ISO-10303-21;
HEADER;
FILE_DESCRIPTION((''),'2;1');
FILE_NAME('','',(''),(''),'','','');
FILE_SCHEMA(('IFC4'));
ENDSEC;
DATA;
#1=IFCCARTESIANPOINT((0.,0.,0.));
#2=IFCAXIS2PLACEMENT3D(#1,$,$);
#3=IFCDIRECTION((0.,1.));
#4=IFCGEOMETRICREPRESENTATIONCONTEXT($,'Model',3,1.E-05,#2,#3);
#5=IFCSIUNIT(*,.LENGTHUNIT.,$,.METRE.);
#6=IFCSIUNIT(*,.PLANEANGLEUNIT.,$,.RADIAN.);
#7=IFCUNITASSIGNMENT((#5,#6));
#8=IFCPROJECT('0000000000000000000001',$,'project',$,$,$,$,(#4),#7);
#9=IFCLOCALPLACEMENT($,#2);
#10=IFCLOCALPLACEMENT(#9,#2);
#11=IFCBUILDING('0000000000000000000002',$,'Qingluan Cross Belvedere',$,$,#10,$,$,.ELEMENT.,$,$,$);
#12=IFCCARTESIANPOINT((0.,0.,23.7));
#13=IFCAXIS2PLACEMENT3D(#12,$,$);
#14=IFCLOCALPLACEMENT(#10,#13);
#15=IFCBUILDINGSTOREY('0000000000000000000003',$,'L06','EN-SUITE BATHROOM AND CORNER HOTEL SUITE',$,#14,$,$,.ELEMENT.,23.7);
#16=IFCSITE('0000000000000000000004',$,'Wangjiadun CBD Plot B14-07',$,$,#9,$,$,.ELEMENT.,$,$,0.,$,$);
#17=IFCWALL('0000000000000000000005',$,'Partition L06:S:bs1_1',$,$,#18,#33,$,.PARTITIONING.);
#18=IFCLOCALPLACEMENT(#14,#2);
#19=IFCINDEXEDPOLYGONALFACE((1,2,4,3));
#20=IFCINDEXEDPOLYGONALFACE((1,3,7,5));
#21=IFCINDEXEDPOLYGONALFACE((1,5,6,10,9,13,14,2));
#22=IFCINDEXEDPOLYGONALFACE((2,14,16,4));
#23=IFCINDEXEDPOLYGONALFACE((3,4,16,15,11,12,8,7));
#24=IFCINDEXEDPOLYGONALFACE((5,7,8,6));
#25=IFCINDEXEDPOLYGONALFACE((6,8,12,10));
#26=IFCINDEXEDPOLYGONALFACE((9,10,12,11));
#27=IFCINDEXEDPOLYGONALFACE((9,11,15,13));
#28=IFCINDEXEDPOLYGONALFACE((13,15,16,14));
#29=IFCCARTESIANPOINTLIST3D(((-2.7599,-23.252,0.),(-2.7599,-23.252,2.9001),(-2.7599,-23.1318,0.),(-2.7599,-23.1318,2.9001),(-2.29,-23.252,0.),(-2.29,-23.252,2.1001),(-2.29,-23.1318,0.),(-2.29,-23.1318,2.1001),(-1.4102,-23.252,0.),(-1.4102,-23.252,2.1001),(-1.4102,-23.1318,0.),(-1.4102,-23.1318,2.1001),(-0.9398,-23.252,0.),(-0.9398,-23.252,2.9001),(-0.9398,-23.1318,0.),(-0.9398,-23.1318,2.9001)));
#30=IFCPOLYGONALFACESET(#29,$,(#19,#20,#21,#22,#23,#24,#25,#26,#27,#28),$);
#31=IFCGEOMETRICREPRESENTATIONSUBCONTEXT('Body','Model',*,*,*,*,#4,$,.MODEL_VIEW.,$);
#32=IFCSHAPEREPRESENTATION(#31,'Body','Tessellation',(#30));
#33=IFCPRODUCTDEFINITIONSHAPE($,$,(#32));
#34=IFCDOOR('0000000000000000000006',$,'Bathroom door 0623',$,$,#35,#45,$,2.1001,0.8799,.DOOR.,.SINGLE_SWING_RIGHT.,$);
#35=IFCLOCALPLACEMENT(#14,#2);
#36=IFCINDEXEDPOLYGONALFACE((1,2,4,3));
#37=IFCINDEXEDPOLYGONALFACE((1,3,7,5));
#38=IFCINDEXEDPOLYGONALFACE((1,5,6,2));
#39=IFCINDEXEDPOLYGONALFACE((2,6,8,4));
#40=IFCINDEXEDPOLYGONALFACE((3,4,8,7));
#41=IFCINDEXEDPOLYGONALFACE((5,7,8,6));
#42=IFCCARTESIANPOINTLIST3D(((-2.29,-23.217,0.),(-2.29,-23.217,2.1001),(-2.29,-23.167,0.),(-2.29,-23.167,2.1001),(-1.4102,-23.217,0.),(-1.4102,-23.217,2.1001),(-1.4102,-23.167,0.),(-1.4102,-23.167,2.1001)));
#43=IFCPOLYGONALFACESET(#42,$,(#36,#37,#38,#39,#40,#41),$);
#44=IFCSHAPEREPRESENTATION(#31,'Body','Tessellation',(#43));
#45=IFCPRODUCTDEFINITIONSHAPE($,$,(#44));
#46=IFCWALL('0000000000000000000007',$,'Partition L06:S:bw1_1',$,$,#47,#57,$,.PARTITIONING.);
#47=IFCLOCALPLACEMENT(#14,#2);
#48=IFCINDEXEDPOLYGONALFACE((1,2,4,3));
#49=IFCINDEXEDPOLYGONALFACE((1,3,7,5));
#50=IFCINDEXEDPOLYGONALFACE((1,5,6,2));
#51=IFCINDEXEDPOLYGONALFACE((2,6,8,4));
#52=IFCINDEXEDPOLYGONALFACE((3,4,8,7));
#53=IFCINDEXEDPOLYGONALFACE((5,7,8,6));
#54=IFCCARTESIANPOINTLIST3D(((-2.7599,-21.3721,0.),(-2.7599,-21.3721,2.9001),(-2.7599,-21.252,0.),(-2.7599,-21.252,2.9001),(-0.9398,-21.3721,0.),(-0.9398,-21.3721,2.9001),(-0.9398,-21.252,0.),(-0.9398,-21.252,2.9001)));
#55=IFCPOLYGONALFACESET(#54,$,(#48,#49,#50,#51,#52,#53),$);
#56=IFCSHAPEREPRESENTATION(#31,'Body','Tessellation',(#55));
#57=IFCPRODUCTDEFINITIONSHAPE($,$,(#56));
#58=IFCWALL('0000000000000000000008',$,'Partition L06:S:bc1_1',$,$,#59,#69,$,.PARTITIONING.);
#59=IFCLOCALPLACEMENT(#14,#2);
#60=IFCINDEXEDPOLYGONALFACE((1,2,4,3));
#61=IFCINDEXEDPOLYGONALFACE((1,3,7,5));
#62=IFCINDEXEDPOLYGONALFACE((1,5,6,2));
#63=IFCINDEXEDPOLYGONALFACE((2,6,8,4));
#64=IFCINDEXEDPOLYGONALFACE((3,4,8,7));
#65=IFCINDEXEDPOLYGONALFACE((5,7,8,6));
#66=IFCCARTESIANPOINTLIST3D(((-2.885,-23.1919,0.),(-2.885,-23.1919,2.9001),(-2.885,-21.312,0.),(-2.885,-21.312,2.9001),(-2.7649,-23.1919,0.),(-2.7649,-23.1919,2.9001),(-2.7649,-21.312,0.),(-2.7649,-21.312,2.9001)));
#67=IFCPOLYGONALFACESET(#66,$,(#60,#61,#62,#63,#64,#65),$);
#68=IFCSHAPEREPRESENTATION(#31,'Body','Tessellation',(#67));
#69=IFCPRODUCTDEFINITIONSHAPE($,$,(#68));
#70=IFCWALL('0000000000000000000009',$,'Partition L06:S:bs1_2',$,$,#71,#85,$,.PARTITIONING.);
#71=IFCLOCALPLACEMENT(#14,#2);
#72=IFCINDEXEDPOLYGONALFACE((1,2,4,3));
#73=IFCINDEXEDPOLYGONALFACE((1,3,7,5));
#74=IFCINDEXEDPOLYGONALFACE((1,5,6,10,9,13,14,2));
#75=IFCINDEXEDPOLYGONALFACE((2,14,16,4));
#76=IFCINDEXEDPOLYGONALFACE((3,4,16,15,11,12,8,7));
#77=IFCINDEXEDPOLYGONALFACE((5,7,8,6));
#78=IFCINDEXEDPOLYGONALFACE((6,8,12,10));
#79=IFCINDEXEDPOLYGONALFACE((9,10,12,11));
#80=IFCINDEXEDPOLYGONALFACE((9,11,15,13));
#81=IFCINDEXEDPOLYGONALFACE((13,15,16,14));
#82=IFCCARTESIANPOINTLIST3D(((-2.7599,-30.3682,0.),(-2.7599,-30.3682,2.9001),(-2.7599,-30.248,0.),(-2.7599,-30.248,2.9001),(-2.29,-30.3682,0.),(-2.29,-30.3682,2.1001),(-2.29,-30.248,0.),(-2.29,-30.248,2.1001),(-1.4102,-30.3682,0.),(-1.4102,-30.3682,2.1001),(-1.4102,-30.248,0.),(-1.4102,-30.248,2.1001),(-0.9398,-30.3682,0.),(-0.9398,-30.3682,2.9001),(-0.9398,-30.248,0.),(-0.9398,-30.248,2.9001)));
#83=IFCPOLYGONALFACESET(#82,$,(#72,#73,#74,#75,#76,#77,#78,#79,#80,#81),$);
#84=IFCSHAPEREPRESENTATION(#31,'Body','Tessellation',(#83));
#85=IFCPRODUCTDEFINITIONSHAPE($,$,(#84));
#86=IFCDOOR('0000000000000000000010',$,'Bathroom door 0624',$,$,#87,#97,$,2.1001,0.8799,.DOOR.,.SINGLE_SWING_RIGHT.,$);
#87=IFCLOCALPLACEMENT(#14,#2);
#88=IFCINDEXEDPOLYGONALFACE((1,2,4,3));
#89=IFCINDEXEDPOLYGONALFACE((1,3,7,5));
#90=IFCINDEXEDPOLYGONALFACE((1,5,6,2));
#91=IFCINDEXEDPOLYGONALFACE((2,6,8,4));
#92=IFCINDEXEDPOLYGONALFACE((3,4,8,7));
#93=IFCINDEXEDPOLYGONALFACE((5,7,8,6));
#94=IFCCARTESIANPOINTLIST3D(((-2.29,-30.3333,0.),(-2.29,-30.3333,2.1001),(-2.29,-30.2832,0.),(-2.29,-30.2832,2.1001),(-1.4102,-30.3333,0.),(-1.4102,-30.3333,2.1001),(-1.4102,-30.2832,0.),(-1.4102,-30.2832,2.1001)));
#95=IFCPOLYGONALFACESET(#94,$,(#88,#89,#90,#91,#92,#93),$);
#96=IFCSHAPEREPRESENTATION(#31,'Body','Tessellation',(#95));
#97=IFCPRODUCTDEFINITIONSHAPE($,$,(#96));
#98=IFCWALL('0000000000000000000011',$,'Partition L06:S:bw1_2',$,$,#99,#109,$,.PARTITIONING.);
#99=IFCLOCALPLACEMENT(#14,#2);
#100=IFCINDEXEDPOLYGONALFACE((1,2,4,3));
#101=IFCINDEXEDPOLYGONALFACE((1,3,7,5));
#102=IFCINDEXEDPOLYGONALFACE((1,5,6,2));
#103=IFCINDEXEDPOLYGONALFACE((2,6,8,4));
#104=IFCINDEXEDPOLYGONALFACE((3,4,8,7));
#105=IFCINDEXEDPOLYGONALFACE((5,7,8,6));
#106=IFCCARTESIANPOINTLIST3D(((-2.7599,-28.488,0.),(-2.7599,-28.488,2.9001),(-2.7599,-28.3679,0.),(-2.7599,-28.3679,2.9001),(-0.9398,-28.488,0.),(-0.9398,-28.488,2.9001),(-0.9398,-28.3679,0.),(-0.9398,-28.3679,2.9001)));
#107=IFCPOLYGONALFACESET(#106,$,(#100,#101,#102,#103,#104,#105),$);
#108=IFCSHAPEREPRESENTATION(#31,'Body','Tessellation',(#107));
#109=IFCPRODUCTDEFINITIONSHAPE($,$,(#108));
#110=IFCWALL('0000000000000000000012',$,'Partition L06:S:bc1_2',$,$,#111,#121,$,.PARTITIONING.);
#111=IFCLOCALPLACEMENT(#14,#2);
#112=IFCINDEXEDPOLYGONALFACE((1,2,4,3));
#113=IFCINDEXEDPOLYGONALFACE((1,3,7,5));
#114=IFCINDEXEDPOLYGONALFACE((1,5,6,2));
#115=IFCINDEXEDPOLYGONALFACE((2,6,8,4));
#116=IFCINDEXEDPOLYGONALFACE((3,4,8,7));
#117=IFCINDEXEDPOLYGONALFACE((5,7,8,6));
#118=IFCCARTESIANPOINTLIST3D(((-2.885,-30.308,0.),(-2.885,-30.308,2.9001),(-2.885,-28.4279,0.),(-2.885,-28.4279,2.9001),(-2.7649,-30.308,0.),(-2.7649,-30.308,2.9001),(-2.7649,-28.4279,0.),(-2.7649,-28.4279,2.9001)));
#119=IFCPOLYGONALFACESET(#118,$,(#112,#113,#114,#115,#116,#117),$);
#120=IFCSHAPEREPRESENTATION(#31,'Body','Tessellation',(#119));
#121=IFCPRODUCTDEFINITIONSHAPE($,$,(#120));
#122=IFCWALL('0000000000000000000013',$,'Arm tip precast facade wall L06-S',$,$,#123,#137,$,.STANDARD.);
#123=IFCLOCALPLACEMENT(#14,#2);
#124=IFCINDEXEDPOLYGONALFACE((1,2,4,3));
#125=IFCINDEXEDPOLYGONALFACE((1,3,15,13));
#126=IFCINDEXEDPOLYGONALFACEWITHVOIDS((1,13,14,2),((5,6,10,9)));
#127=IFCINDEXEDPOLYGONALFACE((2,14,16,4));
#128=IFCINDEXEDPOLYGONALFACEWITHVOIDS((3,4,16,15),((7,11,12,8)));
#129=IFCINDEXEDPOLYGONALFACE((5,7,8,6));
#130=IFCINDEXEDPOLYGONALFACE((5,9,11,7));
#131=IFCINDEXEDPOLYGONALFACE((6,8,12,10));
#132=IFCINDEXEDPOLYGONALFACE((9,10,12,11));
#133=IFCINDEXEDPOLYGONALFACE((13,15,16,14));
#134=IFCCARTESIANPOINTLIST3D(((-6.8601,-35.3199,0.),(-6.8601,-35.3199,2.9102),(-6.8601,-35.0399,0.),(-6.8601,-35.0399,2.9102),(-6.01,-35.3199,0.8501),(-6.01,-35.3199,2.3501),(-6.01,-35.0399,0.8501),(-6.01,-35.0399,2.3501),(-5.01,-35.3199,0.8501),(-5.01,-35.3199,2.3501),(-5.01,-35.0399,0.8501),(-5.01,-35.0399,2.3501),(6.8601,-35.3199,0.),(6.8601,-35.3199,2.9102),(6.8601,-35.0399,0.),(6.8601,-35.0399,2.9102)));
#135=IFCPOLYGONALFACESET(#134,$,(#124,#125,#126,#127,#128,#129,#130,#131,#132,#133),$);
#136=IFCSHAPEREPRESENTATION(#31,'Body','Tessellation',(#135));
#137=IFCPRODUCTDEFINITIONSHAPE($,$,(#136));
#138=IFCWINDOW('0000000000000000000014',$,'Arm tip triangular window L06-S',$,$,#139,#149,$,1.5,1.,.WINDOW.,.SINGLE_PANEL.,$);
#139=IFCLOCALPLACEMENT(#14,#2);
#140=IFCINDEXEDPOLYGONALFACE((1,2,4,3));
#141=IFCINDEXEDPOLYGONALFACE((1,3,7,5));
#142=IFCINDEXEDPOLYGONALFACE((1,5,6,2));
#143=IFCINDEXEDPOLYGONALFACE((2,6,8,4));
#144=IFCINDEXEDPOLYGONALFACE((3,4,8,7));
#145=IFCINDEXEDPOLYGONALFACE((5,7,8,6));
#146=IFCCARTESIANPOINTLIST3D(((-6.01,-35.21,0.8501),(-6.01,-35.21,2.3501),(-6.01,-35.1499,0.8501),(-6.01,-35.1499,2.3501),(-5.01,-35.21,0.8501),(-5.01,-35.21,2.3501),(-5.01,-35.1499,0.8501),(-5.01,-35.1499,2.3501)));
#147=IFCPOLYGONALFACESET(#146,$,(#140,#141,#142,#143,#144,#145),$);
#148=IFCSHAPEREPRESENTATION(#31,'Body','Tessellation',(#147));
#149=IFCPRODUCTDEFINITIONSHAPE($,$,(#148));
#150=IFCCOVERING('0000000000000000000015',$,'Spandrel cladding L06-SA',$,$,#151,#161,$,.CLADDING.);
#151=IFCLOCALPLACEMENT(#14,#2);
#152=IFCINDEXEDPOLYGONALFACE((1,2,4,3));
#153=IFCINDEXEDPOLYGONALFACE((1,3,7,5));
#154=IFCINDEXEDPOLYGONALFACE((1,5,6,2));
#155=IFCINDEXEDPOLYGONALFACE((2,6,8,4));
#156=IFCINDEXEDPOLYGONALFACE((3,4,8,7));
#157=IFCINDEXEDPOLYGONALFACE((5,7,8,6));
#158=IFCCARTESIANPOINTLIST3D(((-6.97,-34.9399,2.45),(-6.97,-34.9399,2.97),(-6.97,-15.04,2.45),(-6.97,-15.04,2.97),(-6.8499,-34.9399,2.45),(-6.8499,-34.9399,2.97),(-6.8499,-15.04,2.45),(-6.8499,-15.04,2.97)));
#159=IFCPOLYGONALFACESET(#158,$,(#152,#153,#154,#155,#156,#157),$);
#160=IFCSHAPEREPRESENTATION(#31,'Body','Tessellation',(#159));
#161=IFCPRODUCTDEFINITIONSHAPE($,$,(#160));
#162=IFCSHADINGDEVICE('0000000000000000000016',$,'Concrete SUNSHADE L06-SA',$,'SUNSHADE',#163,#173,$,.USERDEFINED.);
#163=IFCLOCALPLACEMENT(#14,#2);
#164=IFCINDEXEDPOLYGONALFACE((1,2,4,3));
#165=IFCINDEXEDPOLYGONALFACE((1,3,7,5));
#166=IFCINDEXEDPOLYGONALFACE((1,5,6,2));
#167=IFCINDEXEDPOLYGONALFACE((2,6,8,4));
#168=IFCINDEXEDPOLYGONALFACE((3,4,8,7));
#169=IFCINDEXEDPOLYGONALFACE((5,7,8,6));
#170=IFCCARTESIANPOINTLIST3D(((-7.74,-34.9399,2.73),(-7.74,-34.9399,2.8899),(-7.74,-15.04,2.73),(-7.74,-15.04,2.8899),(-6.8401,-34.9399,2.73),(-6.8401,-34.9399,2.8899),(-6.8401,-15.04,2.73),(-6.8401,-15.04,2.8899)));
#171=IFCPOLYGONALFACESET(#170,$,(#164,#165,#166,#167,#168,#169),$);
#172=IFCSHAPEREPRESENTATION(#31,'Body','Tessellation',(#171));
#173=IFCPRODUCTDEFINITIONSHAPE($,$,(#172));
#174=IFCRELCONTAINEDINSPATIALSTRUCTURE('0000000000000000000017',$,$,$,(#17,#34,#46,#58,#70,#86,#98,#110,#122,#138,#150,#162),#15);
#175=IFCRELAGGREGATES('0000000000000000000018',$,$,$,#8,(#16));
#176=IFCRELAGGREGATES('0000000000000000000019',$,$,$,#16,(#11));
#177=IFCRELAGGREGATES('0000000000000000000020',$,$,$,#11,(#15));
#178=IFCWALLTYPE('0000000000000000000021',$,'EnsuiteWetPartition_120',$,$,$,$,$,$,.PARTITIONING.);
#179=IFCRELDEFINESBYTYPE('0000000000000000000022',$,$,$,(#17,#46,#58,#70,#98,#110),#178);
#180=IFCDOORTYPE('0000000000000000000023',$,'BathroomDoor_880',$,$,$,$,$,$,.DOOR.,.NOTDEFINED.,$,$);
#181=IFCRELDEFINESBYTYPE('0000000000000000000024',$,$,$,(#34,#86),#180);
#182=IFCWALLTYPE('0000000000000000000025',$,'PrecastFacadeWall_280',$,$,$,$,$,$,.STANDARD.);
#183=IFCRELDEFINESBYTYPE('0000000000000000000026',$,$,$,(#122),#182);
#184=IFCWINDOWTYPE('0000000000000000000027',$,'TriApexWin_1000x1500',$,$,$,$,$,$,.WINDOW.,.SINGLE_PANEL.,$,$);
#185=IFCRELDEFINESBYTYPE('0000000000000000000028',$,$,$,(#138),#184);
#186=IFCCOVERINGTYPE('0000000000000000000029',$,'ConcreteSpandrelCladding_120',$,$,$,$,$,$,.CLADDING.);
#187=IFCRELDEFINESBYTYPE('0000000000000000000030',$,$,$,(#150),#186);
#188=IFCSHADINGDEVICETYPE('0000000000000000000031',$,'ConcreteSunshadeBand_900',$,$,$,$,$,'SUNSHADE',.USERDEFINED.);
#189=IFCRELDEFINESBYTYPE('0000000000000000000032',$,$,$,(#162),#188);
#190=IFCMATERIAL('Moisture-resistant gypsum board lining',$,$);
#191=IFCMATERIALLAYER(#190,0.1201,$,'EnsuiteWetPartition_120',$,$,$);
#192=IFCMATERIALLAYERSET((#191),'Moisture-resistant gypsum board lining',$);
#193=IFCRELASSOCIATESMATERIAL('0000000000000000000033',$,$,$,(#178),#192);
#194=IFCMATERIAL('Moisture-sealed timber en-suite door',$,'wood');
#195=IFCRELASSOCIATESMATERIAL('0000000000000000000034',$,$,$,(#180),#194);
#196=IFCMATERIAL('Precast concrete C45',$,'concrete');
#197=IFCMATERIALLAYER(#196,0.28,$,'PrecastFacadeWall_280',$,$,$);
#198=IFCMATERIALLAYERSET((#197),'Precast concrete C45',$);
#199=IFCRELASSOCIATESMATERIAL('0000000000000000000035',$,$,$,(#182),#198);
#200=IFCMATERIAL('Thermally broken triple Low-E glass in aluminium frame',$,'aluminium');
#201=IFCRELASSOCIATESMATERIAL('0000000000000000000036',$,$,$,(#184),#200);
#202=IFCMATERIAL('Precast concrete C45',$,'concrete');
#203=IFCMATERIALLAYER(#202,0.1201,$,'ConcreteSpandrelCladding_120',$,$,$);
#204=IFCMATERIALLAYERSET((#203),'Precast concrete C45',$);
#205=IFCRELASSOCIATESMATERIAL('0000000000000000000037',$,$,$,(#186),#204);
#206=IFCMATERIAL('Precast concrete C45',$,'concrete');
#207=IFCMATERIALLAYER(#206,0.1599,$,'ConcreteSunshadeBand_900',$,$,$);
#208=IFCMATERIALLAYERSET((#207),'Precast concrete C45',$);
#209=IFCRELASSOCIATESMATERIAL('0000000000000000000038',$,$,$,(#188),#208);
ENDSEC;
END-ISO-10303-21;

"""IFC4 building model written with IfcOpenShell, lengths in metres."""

from ifc_helpers import new_model, si_unit, direction, frame, frame_2d, origin, origin_2d, place, context, subcontext, project, spatial, rectangle, extrude, material, layer, layer_set, type_object, element, fill, save


model = new_model("IFC4")

# Units and contexts
model_context = context("Model", 3, precision=1e-05, world=origin(), true_north=direction((0.0, 1.0)))
body_context = subcontext(model_context, "Body", "Model", "MODEL_VIEW")
ifc_project = project(units=[si_unit("LENGTHUNIT", "METRE"), si_unit("PLANEANGLEUNIT", "RADIAN")], contexts=[model_context])

# Site, building, storey
site_placement = place(None, origin())
site = spatial("IfcSite", under=ifc_project, at=site_placement, Name="Wangjiadun CBD Plot B14-07", CompositionType="ELEMENT", RefElevation=0.0)
building_placement = place(site_placement, origin())
building = spatial("IfcBuilding", under=site, at=building_placement, Name="Qingluan Cross Belvedere", CompositionType="ELEMENT")
storey_placement = place(building_placement, frame((0.0, 0.0, 23.7)))
storey = spatial("IfcBuildingStorey", under=building, at=storey_placement, Name="L06", Description="EN-SUITE BATHROOM AND CORNER HOTEL SUITE", CompositionType="ELEMENT", Elevation=23.7)

# Wall, opening, door
ifc_material_1 = material(Name="Moisture-resistant gypsum board lining")
ifc_layer_1 = layer(ifc_material_1, 0.1201, Name="EnsuiteWetPartition_120")
ifc_layer_set_1 = layer_set([ifc_layer_1], Name="Moisture-resistant gypsum board lining")
wall_type_1 = type_object("IfcWallType", Name="EnsuiteWetPartition_120", PredefinedType="PARTITIONING", material=ifc_layer_set_1)
ifc_material_2 = material(Name="Moisture-sealed timber en-suite door", Category="wood")
door_type = type_object("IfcDoorType", Name="BathroomDoor_880", OperationType="NOTDEFINED", PredefinedType="DOOR", material=ifc_material_2)
wall_1_placement = place(storey_placement, frame((-2.76, -23.1919, 0.0), z_axis=(0.0, 0.0, 1.0), x_axis=(1.0, 0.0, 0.0)))
wall_1 = element("IfcWall", 1, at=wall_1_placement, inside=storey, type_object=wall_type_1, Name="Partition L06:S:bs1_1", PredefinedType="PARTITIONING", context=body_context, shape_type="SweptSolid", body=[
    extrude(rectangle(XDim=1.8201, YDim=0.1201, at=frame_2d((0.9102, 0.0))), origin(), (0.0, 0.0, 1.0), 2.9001),
])
opening_1_placement = place(wall_1_placement, frame((0.47, 0.0, 0.0)))
opening_1 = element("IfcOpeningElement", 2, at=opening_1_placement, cuts=wall_1, PredefinedType="OPENING", context=body_context, shape_type="SweptSolid", body=[
    extrude(rectangle(XDim=0.8799, YDim=2.1001, at=frame_2d((0.4399, 1.05))), frame((0.0, 0.0701, 0.0), z_axis=(0.0, -1.0, 0.0), x_axis=(1.0, 0.0, 0.0)), (0.0, 0.0, 1.0), 0.1401),
])
door_1_placement = place(opening_1_placement, origin())
door_1 = element("IfcDoor", 3, at=door_1_placement, inside=storey, type_object=door_type, Name="Bathroom door 0623", OperationType="SINGLE_SWING_RIGHT", OverallHeight=2.1001, OverallWidth=0.8799, PredefinedType="DOOR", context=body_context, shape_type="SweptSolid", body=[
    extrude(rectangle(XDim=0.8799, YDim=2.1001, at=frame_2d((0.4399, 1.05))), frame((0.0, 0.0249, 0.0), z_axis=(0.0, -1.0, 0.0), x_axis=(1.0, 0.0, 0.0)), (0.0, 0.0, 1.0), 0.05),
])
fill(opening_1, door_1)

# Walls
wall_2_placement = place(storey_placement, frame((-2.76, -21.312, 0.0), z_axis=(0.0, 0.0, 1.0), x_axis=(1.0, 0.0, 0.0)))
element("IfcWall", 4, at=wall_2_placement, inside=storey, type_object=wall_type_1, Name="Partition L06:S:bw1_1", PredefinedType="PARTITIONING", context=body_context, shape_type="SweptSolid", body=[
    extrude(rectangle(XDim=1.8201, YDim=0.1201, at=frame_2d((0.9102, 0.0))), origin(), (0.0, 0.0, 1.0), 2.9001),
])
wall_3_placement = place(storey_placement, frame((-2.825, -21.312, 0.0), z_axis=(0.0, 0.0, 1.0), x_axis=(0.0, -1.0, 0.0)))
element("IfcWall", 5, at=wall_3_placement, inside=storey, type_object=wall_type_1, Name="Partition L06:S:bc1_1", PredefinedType="PARTITIONING", context=body_context, shape_type="SweptSolid", body=[
    extrude(rectangle(XDim=1.8799, YDim=0.1201, at=frame_2d((0.9399, 0.0))), origin(), (0.0, 0.0, 1.0), 2.9001),
])

# Wall, opening, door
wall_4_placement = place(storey_placement, frame((-2.76, -30.3081, 0.0), z_axis=(0.0, 0.0, 1.0), x_axis=(1.0, 0.0, 0.0)))
wall_4 = element("IfcWall", 6, at=wall_4_placement, inside=storey, type_object=wall_type_1, Name="Partition L06:S:bs1_2", PredefinedType="PARTITIONING", context=body_context, shape_type="SweptSolid", body=[
    extrude(rectangle(XDim=1.8201, YDim=0.1201, at=frame_2d((0.9102, 0.0))), origin(), (0.0, 0.0, 1.0), 2.9001),
])
opening_2_placement = place(wall_4_placement, frame((0.47, 0.0, 0.0)))
opening_2 = element("IfcOpeningElement", 7, at=opening_2_placement, cuts=wall_4, PredefinedType="OPENING", context=body_context, shape_type="SweptSolid", body=[
    extrude(rectangle(XDim=0.8799, YDim=2.1001, at=frame_2d((0.4399, 1.05))), frame((0.0, 0.0701, 0.0), z_axis=(0.0, -1.0, 0.0), x_axis=(1.0, 0.0, 0.0)), (0.0, 0.0, 1.0), 0.1401),
])
door_2_placement = place(opening_2_placement, origin())
door_2 = element("IfcDoor", 8, at=door_2_placement, inside=storey, type_object=door_type, Name="Bathroom door 0624", OperationType="SINGLE_SWING_RIGHT", OverallHeight=2.1001, OverallWidth=0.8799, PredefinedType="DOOR", context=body_context, shape_type="SweptSolid", body=[
    extrude(rectangle(XDim=0.8799, YDim=2.1001, at=frame_2d((0.4399, 1.05))), frame((0.0, 0.0249, 0.0), z_axis=(0.0, -1.0, 0.0), x_axis=(1.0, 0.0, 0.0)), (0.0, 0.0, 1.0), 0.05),
])
fill(opening_2, door_2)

# Walls
wall_5_placement = place(storey_placement, frame((-2.76, -28.428, 0.0), z_axis=(0.0, 0.0, 1.0), x_axis=(1.0, 0.0, 0.0)))
element("IfcWall", 9, at=wall_5_placement, inside=storey, type_object=wall_type_1, Name="Partition L06:S:bw1_2", PredefinedType="PARTITIONING", context=body_context, shape_type="SweptSolid", body=[
    extrude(rectangle(XDim=1.8201, YDim=0.1201, at=frame_2d((0.9102, 0.0))), origin(), (0.0, 0.0, 1.0), 2.9001),
])
wall_6_placement = place(storey_placement, frame((-2.825, -28.428, 0.0), z_axis=(0.0, 0.0, 1.0), x_axis=(0.0, -1.0, 0.0)))
element("IfcWall", 10, at=wall_6_placement, inside=storey, type_object=wall_type_1, Name="Partition L06:S:bc1_2", PredefinedType="PARTITIONING", context=body_context, shape_type="SweptSolid", body=[
    extrude(rectangle(XDim=1.8801, YDim=0.1201, at=frame_2d((0.9399, 0.0))), origin(), (0.0, 0.0, 1.0), 2.9001),
])

# Wall, opening, window
ifc_material_3 = material(Name="Precast concrete C45", Category="concrete")
ifc_layer_2 = layer(ifc_material_3, 0.28, Name="PrecastFacadeWall_280")
ifc_layer_set_2 = layer_set([ifc_layer_2], Name="Precast concrete C45")
wall_type_2 = type_object("IfcWallType", Name="PrecastFacadeWall_280", PredefinedType="STANDARD", material=ifc_layer_set_2)
wall_7_placement = place(storey_placement, frame((-6.8601, -35.1799, 0.0), z_axis=(0.0, 0.0, 1.0), x_axis=(1.0, 0.0, 0.0)))
wall_7 = element("IfcWall", 11, at=wall_7_placement, inside=storey, type_object=wall_type_2, Name="Arm tip precast facade wall L06-S", PredefinedType="STANDARD", context=body_context, shape_type="SweptSolid", body=[
    extrude(rectangle(XDim=13.7202, YDim=0.28, at=frame_2d((6.8601, 0.0))), origin(), (0.0, 0.0, 1.0), 2.9102),
])
opening_3_placement = place(wall_7_placement, frame((0.8501, 0.0, 0.8501)))
opening_3 = element("IfcOpeningElement", 12, at=opening_3_placement, cuts=wall_7, PredefinedType="OPENING", context=body_context, shape_type="SweptSolid", body=[
    extrude(rectangle(XDim=1.0, YDim=1.5, at=frame_2d((0.5, 0.75))), frame((0.0, 0.1499, 0.0), z_axis=(0.0, -1.0, 0.0), x_axis=(1.0, 0.0, 0.0)), (0.0, 0.0, 1.0), 0.3),
])
ifc_material_4 = material(Name="Thermally broken triple Low-E glass in aluminium frame", Category="aluminium")
window_type = type_object("IfcWindowType", Name="TriApexWin_1000x1500", PartitioningType="SINGLE_PANEL", PredefinedType="WINDOW", material=ifc_material_4)
window_placement = place(opening_3_placement, origin())
window = element("IfcWindow", 13, at=window_placement, inside=storey, type_object=window_type, Name="Arm tip triangular window L06-S", OverallHeight=1.5, OverallWidth=1.0, PartitioningType="SINGLE_PANEL", PredefinedType="WINDOW", context=body_context, shape_type="SweptSolid", body=[
    extrude(rectangle(XDim=1.0, YDim=1.5, at=frame_2d((0.5, 0.75))), frame((0.0, 0.03, 0.0), z_axis=(0.0, -1.0, 0.0), x_axis=(1.0, 0.0, 0.0)), (0.0, 0.0, 1.0), 0.0601),
])
fill(opening_3, window)

# Covering
ifc_material_5 = material(Name="Precast concrete C45", Category="concrete")
ifc_layer_3 = layer(ifc_material_5, 0.1201, Name="ConcreteSpandrelCladding_120")
ifc_layer_set_3 = layer_set([ifc_layer_3], Name="Precast concrete C45")
covering_type_1 = type_object("IfcCoveringType", Name="ConcreteSpandrelCladding_120", PredefinedType="CLADDING", material=ifc_layer_set_3)
covering_1_placement = place(storey_placement, frame((-6.9099, -24.99, 2.45), z_axis=(0.0, 0.0, 1.0), x_axis=(0.0, -1.0, 0.0)))
element("IfcCovering", 14, at=covering_1_placement, inside=storey, type_object=covering_type_1, Name="Spandrel cladding L06-SA", PredefinedType="CLADDING", context=body_context, shape_type="SweptSolid", body=[
    extrude(rectangle(XDim=19.8999, YDim=0.1201, at=origin_2d()), origin(), (0.0, 0.0, 1.0), 0.52),
])

# Shading device
ifc_material_6 = material(Name="Precast concrete C45", Category="concrete")
ifc_layer_4 = layer(ifc_material_6, 0.1599, Name="ConcreteSunshadeBand_900")
ifc_layer_set_4 = layer_set([ifc_layer_4], Name="Precast concrete C45")
shading_device_type = type_object("IfcShadingDeviceType", Name="ConcreteSunshadeBand_900", ElementType="SUNSHADE", PredefinedType="USERDEFINED", material=ifc_layer_set_4)
shading_device_placement = place(storey_placement, frame((-7.29, -24.99, 2.73), z_axis=(0.0, 0.0, 1.0), x_axis=(0.0, -1.0, 0.0)))
element("IfcShadingDevice", 15, at=shading_device_placement, inside=storey, type_object=shading_device_type, Name="Concrete SUNSHADE L06-SA", ObjectType="SUNSHADE", PredefinedType="USERDEFINED", context=body_context, shape_type="SweptSolid", body=[
    extrude(rectangle(XDim=19.8999, YDim=0.8999, at=origin_2d()), origin(), (0.0, 0.0, 1.0), 0.1599),
])

save(model, "model.ifc")
